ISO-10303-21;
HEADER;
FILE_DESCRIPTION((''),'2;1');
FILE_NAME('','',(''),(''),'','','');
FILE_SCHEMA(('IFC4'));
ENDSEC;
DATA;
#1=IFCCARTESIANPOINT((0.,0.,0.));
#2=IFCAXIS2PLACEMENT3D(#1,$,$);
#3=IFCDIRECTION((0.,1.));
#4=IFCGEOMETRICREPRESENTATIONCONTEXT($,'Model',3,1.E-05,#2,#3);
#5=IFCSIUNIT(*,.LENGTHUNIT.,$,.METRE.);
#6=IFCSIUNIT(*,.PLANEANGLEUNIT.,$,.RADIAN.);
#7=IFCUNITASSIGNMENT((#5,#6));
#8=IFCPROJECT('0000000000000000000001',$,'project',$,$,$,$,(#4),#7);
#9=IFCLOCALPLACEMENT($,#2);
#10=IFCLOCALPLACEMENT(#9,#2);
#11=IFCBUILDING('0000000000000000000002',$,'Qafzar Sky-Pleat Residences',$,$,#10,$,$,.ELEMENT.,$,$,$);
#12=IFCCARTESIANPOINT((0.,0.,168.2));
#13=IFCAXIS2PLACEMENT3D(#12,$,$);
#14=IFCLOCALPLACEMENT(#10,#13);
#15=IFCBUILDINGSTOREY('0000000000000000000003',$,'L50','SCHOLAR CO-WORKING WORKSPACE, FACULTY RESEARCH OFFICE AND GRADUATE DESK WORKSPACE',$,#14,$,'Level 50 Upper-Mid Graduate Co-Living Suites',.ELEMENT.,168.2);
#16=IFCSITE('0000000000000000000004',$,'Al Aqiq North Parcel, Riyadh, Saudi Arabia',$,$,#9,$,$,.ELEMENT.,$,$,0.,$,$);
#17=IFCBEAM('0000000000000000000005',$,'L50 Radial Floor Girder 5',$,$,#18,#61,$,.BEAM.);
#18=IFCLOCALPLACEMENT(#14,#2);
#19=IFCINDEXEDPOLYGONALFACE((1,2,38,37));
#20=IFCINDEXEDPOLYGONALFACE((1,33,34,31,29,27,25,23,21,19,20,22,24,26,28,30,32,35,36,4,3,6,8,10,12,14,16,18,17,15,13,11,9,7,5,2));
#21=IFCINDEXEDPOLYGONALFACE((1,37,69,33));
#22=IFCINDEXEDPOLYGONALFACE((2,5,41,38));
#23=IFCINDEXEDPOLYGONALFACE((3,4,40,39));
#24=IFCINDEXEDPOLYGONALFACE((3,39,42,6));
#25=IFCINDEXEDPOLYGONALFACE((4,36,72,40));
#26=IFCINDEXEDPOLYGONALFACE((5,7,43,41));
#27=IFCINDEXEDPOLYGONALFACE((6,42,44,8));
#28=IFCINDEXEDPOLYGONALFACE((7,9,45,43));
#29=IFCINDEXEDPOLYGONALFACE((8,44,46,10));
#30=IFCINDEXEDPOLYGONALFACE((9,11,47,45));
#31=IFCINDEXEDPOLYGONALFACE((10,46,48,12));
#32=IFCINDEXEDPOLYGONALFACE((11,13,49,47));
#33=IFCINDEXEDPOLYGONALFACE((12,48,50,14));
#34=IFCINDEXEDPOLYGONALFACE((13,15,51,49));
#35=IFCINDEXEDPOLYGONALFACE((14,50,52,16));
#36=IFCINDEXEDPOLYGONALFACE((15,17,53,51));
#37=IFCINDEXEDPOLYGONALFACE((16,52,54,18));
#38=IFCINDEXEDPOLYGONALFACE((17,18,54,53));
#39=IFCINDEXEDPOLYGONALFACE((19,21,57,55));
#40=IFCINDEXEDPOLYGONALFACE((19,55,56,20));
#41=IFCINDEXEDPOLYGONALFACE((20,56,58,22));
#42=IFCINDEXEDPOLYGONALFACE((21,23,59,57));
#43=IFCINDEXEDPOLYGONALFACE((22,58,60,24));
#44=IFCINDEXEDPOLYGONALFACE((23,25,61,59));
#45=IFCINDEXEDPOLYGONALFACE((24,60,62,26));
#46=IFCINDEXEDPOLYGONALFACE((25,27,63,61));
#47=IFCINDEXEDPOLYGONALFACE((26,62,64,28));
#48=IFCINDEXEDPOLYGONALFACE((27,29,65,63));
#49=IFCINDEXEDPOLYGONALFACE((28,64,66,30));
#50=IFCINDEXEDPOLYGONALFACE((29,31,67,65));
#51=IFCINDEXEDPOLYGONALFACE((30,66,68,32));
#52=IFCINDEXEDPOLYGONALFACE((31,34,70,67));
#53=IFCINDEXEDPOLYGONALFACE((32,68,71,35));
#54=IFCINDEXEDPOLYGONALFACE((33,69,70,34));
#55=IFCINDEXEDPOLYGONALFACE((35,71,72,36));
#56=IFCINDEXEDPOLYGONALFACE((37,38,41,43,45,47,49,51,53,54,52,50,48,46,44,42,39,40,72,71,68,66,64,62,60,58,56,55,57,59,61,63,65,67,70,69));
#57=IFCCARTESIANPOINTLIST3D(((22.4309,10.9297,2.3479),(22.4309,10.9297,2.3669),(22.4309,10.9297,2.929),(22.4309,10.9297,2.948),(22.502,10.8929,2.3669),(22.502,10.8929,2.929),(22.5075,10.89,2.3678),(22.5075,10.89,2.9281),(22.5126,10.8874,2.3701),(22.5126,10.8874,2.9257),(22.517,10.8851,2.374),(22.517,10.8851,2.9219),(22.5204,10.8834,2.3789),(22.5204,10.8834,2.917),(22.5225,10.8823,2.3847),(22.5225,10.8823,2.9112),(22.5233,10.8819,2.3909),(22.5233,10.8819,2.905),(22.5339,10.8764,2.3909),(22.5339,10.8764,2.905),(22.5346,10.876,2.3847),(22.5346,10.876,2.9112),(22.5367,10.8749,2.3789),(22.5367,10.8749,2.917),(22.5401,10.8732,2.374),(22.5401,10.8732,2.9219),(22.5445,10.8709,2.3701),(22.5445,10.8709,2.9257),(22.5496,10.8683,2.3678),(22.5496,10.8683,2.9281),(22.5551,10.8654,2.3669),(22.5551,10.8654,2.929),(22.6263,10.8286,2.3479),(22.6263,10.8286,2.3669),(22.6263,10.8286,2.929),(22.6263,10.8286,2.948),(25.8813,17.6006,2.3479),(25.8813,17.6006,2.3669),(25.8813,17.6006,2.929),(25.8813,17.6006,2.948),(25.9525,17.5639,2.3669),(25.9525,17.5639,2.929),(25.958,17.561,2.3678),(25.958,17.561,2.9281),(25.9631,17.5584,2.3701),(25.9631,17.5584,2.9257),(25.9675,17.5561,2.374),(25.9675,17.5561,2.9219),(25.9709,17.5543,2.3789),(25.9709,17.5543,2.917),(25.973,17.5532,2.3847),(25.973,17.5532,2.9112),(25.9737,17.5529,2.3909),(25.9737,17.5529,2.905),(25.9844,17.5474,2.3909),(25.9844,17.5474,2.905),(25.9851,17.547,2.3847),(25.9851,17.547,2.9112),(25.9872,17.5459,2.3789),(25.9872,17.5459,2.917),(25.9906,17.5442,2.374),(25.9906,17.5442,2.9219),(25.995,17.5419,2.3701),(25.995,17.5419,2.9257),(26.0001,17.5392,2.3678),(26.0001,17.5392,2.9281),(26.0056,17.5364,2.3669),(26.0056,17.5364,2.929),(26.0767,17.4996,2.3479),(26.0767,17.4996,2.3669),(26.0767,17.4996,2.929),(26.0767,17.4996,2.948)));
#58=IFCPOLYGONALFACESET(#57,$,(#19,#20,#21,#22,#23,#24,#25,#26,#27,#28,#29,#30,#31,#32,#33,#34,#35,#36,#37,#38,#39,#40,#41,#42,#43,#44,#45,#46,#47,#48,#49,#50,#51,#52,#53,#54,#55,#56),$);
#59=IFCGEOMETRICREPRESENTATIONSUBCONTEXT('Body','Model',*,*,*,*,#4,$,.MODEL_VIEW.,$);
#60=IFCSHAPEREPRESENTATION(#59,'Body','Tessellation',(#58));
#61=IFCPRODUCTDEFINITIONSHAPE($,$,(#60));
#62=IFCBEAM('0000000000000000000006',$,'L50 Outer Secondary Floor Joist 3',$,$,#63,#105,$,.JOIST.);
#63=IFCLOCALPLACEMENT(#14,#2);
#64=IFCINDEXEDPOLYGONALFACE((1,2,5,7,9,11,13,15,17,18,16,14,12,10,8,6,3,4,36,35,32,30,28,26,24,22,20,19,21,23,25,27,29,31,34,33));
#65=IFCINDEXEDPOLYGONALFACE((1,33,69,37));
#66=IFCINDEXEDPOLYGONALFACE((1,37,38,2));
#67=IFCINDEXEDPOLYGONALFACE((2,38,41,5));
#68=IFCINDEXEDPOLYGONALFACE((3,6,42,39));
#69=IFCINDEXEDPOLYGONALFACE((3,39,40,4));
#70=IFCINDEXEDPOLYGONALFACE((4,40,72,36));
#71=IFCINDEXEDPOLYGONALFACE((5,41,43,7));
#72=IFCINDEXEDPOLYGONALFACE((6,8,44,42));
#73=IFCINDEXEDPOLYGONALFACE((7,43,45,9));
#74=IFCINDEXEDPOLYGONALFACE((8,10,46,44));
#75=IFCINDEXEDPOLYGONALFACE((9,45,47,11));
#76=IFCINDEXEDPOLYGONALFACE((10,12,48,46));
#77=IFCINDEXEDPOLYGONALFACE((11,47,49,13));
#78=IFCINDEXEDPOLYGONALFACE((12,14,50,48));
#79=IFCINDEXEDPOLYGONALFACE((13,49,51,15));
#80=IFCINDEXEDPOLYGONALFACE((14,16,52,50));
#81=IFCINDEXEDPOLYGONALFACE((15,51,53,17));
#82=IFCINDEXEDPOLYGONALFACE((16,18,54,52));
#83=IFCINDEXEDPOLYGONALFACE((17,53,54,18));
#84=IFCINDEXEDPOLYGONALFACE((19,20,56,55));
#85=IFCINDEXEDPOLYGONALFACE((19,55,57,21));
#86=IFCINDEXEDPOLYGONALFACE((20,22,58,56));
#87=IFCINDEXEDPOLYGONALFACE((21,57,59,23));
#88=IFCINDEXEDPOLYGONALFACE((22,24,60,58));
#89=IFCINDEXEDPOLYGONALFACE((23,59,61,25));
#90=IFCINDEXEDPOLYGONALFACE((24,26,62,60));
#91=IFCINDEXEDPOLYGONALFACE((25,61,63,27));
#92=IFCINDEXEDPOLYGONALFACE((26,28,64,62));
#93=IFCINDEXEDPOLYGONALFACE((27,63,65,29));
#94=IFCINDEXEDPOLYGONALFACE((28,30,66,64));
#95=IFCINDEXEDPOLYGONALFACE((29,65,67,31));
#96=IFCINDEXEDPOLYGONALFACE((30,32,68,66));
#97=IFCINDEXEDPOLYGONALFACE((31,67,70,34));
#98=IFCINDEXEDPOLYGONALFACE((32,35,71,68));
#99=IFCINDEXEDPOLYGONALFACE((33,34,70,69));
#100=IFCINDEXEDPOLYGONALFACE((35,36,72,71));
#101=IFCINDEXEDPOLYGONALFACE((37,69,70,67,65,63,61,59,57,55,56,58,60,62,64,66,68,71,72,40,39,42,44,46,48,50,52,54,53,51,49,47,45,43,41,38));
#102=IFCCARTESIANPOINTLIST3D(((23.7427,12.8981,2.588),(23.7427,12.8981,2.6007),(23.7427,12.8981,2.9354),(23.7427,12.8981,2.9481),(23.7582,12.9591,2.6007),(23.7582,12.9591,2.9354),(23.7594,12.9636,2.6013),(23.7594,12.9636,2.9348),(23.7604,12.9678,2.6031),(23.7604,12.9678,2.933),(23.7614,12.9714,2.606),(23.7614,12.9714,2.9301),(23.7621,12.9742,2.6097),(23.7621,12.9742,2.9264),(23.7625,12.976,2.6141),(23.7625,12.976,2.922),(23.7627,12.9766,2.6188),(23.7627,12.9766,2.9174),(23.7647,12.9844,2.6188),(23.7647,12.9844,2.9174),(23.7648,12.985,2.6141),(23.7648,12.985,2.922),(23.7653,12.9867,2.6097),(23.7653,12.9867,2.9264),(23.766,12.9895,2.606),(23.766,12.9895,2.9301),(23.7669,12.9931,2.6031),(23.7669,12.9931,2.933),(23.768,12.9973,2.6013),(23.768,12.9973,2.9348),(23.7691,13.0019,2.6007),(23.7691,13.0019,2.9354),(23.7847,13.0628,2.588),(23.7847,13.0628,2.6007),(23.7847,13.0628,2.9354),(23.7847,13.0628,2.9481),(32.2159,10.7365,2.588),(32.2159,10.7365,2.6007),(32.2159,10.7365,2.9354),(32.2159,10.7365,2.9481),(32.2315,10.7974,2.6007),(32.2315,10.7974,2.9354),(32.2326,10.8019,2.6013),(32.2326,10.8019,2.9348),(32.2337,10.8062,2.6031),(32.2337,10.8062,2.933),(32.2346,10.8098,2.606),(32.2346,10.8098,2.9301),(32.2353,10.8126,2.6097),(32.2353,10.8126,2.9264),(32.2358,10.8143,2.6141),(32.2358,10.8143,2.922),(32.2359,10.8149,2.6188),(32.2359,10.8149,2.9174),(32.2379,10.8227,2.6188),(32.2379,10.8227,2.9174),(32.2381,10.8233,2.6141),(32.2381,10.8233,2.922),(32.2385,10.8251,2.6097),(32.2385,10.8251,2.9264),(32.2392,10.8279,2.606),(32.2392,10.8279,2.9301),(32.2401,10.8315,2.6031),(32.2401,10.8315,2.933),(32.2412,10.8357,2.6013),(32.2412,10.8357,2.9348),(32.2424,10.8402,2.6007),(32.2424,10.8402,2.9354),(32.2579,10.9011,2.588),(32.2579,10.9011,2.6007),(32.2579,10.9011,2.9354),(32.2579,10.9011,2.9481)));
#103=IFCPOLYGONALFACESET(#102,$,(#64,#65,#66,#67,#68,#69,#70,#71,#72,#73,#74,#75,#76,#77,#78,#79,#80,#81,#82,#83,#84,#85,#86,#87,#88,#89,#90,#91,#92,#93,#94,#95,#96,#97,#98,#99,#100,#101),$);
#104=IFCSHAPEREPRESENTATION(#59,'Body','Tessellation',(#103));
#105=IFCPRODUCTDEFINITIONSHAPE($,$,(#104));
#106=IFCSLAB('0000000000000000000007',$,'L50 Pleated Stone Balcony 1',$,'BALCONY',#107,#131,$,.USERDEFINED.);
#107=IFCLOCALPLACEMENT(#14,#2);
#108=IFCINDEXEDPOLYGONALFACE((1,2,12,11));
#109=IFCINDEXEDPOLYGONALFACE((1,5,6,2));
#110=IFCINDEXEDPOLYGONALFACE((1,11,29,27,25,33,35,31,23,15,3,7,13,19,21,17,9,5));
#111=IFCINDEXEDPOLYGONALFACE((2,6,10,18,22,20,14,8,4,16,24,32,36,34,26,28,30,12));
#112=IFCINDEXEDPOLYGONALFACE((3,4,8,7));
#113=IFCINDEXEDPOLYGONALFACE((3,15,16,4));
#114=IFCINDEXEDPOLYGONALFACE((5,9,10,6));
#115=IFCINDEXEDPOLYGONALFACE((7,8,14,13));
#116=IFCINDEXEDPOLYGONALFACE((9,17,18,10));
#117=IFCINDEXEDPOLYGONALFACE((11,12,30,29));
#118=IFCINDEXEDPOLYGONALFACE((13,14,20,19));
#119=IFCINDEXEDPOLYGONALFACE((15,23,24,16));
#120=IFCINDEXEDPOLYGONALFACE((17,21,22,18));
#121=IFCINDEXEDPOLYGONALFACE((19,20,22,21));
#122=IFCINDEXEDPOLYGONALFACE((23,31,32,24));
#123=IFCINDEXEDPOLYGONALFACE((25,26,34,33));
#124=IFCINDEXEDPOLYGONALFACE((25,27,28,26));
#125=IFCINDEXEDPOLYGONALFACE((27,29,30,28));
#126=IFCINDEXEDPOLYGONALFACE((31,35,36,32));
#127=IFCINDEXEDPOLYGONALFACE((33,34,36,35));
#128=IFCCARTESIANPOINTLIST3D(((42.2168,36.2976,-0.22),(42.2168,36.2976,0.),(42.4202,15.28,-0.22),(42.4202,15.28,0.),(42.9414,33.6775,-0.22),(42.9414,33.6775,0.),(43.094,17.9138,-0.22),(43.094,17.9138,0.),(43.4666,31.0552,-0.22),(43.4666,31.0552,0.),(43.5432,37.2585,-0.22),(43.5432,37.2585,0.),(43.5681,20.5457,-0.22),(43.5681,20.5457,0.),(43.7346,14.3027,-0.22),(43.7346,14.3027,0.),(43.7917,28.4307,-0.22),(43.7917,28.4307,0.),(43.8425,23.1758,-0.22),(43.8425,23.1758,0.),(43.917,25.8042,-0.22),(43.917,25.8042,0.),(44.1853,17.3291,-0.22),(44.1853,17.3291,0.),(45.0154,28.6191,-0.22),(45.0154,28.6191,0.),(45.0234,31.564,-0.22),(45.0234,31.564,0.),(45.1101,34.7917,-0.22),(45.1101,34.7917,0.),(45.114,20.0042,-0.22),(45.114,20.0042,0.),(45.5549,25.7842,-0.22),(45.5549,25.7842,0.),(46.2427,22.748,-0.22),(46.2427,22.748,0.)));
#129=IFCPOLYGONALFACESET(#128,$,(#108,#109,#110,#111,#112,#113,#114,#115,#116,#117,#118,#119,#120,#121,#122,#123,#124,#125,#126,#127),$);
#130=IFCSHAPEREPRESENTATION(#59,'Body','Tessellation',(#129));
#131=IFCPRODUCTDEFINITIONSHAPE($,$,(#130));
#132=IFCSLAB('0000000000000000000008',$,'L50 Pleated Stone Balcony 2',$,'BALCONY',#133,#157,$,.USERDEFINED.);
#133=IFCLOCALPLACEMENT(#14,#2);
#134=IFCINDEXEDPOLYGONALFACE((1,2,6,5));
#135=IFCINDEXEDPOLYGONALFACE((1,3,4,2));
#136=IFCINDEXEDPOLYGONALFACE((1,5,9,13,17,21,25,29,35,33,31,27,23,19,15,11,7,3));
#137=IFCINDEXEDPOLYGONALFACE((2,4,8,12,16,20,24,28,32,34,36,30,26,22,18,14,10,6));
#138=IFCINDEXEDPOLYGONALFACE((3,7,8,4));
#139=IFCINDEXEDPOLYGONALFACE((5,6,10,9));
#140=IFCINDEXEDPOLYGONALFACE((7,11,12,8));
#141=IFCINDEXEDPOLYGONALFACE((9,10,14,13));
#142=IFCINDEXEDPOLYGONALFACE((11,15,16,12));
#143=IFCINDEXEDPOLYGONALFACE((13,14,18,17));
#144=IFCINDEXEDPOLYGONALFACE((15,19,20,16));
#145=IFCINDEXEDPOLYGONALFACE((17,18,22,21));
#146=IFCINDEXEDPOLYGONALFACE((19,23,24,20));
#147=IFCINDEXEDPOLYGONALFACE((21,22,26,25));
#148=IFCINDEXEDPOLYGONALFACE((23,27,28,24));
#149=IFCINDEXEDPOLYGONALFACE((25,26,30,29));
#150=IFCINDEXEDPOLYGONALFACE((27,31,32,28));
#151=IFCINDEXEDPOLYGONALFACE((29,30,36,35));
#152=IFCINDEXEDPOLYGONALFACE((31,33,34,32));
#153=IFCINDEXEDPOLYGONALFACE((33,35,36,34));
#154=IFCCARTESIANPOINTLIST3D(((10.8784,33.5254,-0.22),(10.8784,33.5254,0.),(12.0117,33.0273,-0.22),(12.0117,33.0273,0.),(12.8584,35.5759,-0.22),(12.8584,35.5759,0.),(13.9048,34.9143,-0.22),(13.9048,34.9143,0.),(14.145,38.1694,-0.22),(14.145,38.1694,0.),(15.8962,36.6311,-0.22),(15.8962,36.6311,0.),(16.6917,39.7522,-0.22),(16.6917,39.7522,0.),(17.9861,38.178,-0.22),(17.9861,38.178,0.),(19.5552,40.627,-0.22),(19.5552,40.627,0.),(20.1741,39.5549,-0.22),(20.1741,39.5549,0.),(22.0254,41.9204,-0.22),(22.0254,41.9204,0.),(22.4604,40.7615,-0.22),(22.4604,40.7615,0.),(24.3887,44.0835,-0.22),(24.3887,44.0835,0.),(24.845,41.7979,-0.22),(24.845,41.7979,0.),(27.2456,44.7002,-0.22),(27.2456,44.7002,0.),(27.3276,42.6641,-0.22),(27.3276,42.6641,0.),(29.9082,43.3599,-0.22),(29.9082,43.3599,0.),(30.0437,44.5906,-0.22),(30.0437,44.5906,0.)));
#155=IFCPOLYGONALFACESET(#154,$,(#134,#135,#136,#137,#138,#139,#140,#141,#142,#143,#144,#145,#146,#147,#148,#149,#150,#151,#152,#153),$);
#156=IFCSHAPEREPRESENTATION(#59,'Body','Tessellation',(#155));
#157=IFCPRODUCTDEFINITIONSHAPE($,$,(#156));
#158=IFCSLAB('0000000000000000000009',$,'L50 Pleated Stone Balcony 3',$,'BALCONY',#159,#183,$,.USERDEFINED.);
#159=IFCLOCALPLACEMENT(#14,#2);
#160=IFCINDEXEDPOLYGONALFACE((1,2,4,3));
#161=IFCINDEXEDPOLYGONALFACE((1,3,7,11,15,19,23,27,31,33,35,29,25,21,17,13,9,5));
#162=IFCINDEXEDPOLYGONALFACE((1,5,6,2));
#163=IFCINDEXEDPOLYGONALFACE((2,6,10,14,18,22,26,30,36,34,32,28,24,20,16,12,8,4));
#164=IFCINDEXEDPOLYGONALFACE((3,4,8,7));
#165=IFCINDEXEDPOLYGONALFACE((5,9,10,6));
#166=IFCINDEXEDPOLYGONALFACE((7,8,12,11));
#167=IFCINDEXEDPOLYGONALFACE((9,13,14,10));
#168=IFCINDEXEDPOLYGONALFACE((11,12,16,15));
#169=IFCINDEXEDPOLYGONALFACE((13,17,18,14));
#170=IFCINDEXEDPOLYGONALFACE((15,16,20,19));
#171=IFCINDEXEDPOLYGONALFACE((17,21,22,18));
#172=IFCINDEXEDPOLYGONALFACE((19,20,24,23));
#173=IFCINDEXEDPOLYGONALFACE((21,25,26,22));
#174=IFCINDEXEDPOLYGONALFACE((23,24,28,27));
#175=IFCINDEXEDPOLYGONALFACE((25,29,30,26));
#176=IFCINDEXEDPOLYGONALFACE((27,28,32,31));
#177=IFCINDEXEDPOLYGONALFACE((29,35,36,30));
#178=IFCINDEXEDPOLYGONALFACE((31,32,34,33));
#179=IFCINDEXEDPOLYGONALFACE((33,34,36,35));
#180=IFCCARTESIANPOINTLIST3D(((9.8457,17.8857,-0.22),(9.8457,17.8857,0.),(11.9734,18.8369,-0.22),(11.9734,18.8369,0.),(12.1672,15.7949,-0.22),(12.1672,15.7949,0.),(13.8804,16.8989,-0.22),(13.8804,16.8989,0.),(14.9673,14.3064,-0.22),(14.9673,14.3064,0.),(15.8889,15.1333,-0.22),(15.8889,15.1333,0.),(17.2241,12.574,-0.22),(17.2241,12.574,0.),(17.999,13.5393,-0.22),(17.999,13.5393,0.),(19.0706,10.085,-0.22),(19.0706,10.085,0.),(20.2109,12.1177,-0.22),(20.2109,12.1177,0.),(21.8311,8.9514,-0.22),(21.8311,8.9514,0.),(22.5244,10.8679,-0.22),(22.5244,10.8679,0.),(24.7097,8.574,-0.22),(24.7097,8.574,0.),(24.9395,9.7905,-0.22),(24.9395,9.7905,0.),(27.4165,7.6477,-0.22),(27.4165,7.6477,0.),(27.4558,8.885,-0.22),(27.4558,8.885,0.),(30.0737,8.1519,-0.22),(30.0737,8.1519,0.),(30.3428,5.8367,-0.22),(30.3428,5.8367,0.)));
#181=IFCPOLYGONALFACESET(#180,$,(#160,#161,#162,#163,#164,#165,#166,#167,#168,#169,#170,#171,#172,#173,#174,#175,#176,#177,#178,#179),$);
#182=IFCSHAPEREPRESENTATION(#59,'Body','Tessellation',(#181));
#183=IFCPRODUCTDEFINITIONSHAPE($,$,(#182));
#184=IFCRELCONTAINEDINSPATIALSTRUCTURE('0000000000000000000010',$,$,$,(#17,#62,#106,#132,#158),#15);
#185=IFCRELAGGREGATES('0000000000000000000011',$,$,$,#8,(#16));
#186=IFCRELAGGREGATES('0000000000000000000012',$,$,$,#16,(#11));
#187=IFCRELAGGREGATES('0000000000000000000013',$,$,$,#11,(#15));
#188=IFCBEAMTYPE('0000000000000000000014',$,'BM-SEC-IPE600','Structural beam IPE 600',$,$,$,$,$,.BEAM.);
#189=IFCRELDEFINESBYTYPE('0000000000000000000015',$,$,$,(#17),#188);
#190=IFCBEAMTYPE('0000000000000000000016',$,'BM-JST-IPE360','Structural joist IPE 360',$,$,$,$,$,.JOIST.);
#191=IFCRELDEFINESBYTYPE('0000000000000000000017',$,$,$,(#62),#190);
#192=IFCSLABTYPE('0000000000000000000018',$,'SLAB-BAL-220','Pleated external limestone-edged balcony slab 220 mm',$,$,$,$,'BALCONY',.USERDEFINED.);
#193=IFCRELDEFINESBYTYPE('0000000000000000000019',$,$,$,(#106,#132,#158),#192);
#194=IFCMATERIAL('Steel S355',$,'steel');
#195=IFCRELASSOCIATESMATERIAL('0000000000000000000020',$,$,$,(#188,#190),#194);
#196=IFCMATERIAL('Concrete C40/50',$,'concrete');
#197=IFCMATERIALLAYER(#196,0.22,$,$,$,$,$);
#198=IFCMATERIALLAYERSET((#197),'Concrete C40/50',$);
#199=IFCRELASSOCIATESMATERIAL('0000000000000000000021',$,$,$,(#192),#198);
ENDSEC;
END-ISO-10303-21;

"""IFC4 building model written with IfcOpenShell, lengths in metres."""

from ifc_helpers import new_model, si_unit, direction, frame, origin, origin_2d, place, context, subcontext, project, spatial, polyline, i_section, outline, extrude, source, transform, mapped, material, layer, layer_set, material_profile, profile_set, type_object, element, save


model = new_model("IFC4")

# Units and contexts
model_context = context("Model", 3, precision=1e-05, world=origin(), true_north=direction((0.0, 1.0)))
body_context = subcontext(model_context, "Body", "Model", "MODEL_VIEW")
ifc_project = project(units=[si_unit("LENGTHUNIT", "METRE"), si_unit("PLANEANGLEUNIT", "RADIAN")], contexts=[model_context])

# Site, building, storey
site_placement = place(None, origin())
site = spatial("IfcSite", under=ifc_project, at=site_placement, Name="Al Aqiq North Parcel, Riyadh, Saudi Arabia", CompositionType="ELEMENT", RefElevation=0.0)
building_placement = place(site_placement, origin())
building = spatial("IfcBuilding", under=site, at=building_placement, Name="Qafzar Sky-Pleat Residences", CompositionType="ELEMENT")
storey_placement = place(building_placement, frame((0.0, 0.0, 168.2)))
storey = spatial("IfcBuildingStorey", under=building, at=storey_placement, Name="L50", Description="SCHOLAR CO-WORKING WORKSPACE, FACULTY RESEARCH OFFICE AND GRADUATE DESK WORKSPACE", LongName="Level 50 Upper-Mid Graduate Co-Living Suites", CompositionType="ELEMENT", Elevation=168.2)

# Shared definitions
ifc_material_1 = material(Name="Steel S355", Category="steel")

# Beams
ifc_material_profile_1 = material_profile(ifc_material_1, i_section(OverallWidth=0.22, OverallDepth=0.6001, WebThickness=0.012, FlangeThickness=0.019, FilletRadius=0.0239, at=origin_2d()), Name="IPE 600")
ifc_profile_set_1 = profile_set([ifc_material_profile_1], Name="Steel S355")
beam_type_1 = type_object("IfcBeamType", Name="BM-SEC-IPE600", Description="Structural beam IPE 600", PredefinedType="BEAM", material=ifc_profile_set_1)
shared_shape_1 = source(origin(), body_context, "Body", "SweptSolid", [
    extrude(i_section(OverallWidth=0.22, OverallDepth=0.6001, WebThickness=0.012, FlangeThickness=0.019, FilletRadius=0.0239, at=origin_2d()), origin(), (0.0, 0.0, 1.0), 7.5105),
])
beam_1_placement = place(storey_placement, frame((22.5286, 10.8792, 2.6479), z_axis=(0.45942, 0.888219, 0.0), x_axis=(-0.888219, 0.45942, 0.0)))
element("IfcBeam", 1, at=beam_1_placement, inside=storey, type_object=beam_type_1, Name="L50 Radial Floor Girder 5", PredefinedType="BEAM", context=body_context, shape_type="MappedRepresentation", body=[
    mapped(shared_shape_1, transform((0.0, 0.0, 0.0), x_axis=(1.0, 0.0, 0.0), y_axis=(0.0, 1.0, 0.0), z_axis=(0.0, 0.0, 1.0), scale=1.0)),
])
ifc_material_profile_2 = material_profile(ifc_material_1, i_section(OverallWidth=0.1699, OverallDepth=0.3601, WebThickness=0.0081, FlangeThickness=0.0127, FilletRadius=0.0181, at=origin_2d()), Name="IPE 360")
ifc_profile_set_2 = profile_set([ifc_material_profile_2], Name="Steel S355")
beam_type_2 = type_object("IfcBeamType", Name="BM-JST-IPE360", Description="Structural joist IPE 360", PredefinedType="JOIST", material=ifc_profile_set_2)
shared_shape_2 = source(origin(), body_context, "Body", "SweptSolid", [
    extrude(i_section(OverallWidth=0.1699, OverallDepth=0.3601, WebThickness=0.0081, FlangeThickness=0.0127, FilletRadius=0.0181, at=origin_2d()), origin(), (0.0, 0.0, 1.0), 8.7446),
])
beam_2_placement = place(storey_placement, frame((23.7637, 12.9805, 2.7681), z_axis=(0.968965, -0.247197, 0.0), x_axis=(0.247197, 0.968965, 0.0)))
element("IfcBeam", 2, at=beam_2_placement, inside=storey, type_object=beam_type_2, Name="L50 Outer Secondary Floor Joist 3", PredefinedType="JOIST", context=body_context, shape_type="MappedRepresentation", body=[
    mapped(shared_shape_2, transform((0.0, 0.0, 0.0), x_axis=(1.0, 0.0, 0.0), y_axis=(0.0, 1.0, 0.0), z_axis=(0.0, 0.0, 1.0), scale=1.0)),
])

# Slabs
ifc_material_2 = material(Name="Concrete C40/50", Category="concrete")
ifc_layer_1 = layer(ifc_material_2, 0.22)
ifc_layer_set_1 = layer_set([ifc_layer_1], Name="Concrete C40/50")
slab_type_1 = type_object("IfcSlabType", Name="SLAB-BAL-220", Description="Pleated external limestone-edged balcony slab 220 mm", ElementType="BALCONY", PredefinedType="USERDEFINED", material=ifc_layer_set_1)
slab_1_placement = place(storey_placement, frame((0.0, 0.0, -0.22)))
element("IfcSlab", 3, at=slab_1_placement, inside=storey, type_object=slab_type_1, Name="L50 Pleated Stone Balcony 1", ObjectType="BALCONY", PredefinedType="USERDEFINED", context=body_context, shape_type="SweptSolid", body=[
    extrude(outline(polyline([(43.094, 17.9138), (43.5681, 20.5457), (43.8425, 23.1758), (43.917, 25.8042), (43.7917, 28.4307), (43.4666, 31.0552), (42.9414, 33.6775), (42.2168, 36.2976), (43.5432, 37.2585), (45.1101, 34.7917), (45.0234, 31.564), (45.0154, 28.6191), (45.5549, 25.7842), (46.2427, 22.748), (45.114, 20.0042), (44.1853, 17.3291), (43.7346, 14.3027), (42.4202, 15.28), (43.094, 17.9138)])), origin(), (0.0, 0.0, 1.0), 0.22),
])
slab_2_placement = place(storey_placement, frame((0.0, 0.0, -0.22)))
element("IfcSlab", 4, at=slab_2_placement, inside=storey, type_object=slab_type_1, Name="L50 Pleated Stone Balcony 2", ObjectType="BALCONY", PredefinedType="USERDEFINED", context=body_context, shape_type="SweptSolid", body=[
    extrude(outline(polyline([(27.3276, 42.6641), (24.845, 41.7979), (22.4604, 40.7615), (20.1741, 39.5549), (17.9861, 38.178), (15.8962, 36.6311), (13.9048, 34.9143), (12.0117, 33.0273), (10.8784, 33.5254), (12.8584, 35.5759), (14.145, 38.1694), (16.6917, 39.7522), (19.5552, 40.627), (22.0254, 41.9204), (24.3887, 44.0835), (27.2456, 44.7002), (30.0437, 44.5906), (29.9082, 43.3599), (27.3276, 42.6641)])), origin(), (0.0, 0.0, 1.0), 0.22),
])
slab_3_placement = place(storey_placement, frame((0.0, 0.0, -0.22)))
element("IfcSlab", 5, at=slab_3_placement, inside=storey, type_object=slab_type_1, Name="L50 Pleated Stone Balcony 3", ObjectType="BALCONY", PredefinedType="USERDEFINED", context=body_context, shape_type="SweptSolid", body=[
    extrude(outline(polyline([(13.8804, 16.8989), (15.8889, 15.1333), (17.999, 13.5393), (20.2109, 12.1177), (22.5244, 10.8679), (24.9395, 9.7905), (27.4558, 8.885), (30.0737, 8.1519), (30.3428, 5.8367), (27.4165, 7.6477), (24.7097, 8.574), (21.8311, 8.9514), (19.0706, 10.085), (17.2241, 12.574), (14.9673, 14.3064), (12.1672, 15.7949), (9.8457, 17.8857), (11.9734, 18.8369), (13.8804, 16.8989)])), origin(), (0.0, 0.0, 1.0), 0.22),
])

save(model, "model.ifc")
